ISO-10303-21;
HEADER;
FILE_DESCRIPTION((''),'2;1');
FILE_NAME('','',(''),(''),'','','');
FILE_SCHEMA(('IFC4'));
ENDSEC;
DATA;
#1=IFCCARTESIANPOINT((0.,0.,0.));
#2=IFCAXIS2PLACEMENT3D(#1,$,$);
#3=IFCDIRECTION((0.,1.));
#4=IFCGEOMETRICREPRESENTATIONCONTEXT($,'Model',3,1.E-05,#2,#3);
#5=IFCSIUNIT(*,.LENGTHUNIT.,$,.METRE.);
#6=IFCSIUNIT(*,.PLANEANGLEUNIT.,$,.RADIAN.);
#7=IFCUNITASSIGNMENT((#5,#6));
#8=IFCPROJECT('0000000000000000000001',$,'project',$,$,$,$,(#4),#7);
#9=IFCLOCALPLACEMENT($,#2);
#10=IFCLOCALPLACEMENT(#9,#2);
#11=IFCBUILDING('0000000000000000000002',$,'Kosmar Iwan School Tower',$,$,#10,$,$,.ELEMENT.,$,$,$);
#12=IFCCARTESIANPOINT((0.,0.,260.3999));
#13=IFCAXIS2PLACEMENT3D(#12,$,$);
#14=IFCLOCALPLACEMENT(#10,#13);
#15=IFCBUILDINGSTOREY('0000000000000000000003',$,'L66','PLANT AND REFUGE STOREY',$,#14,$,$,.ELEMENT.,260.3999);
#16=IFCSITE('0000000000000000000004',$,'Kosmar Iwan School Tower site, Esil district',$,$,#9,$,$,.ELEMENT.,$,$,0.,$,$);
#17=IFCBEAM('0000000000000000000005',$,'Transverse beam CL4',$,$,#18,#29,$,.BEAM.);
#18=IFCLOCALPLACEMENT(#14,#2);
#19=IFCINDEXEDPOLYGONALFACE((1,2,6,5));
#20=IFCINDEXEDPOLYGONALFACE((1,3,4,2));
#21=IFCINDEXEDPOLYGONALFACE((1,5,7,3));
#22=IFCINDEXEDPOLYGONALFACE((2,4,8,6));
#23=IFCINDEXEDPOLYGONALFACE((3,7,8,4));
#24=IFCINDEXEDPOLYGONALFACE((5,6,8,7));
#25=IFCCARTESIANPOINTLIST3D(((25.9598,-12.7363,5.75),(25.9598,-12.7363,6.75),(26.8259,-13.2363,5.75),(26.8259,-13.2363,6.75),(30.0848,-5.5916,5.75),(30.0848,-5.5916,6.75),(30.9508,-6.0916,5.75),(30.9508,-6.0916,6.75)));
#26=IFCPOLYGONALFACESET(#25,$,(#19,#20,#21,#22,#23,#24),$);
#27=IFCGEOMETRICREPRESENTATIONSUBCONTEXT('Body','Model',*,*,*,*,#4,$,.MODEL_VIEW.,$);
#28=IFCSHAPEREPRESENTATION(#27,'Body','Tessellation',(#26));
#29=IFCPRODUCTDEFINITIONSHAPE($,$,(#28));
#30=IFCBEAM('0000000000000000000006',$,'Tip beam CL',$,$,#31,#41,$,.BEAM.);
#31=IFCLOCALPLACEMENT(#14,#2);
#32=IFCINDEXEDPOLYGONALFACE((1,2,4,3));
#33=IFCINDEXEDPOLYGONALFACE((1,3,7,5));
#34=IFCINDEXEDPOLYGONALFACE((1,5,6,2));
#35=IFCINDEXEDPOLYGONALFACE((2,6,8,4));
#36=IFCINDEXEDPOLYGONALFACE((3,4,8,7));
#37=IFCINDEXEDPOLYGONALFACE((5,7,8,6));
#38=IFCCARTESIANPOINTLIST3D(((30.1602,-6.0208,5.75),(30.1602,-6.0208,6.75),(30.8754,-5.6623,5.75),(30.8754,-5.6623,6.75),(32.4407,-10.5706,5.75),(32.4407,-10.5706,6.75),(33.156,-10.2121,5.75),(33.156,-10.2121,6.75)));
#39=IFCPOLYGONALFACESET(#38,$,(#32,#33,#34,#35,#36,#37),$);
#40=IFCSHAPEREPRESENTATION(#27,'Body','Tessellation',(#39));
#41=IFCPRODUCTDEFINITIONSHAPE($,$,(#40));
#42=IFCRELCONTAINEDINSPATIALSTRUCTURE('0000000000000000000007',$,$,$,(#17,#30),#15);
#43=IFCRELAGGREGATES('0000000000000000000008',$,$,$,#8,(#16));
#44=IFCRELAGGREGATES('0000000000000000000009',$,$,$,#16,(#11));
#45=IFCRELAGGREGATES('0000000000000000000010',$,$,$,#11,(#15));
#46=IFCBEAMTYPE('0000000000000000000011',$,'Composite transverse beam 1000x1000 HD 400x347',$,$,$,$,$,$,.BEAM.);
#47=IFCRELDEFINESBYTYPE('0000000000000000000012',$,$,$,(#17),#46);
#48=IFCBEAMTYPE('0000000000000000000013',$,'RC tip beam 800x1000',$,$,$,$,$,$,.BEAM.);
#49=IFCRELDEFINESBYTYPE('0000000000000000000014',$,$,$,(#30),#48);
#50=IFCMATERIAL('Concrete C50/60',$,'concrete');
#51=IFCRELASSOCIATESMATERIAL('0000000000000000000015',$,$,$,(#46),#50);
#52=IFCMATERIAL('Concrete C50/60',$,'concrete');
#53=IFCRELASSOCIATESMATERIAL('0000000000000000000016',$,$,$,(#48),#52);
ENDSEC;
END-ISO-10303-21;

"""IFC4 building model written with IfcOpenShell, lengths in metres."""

from ifc_helpers import new_model, si_unit, direction, frame, origin, origin_2d, place, context, subcontext, project, spatial, rectangle, extrude, material, material_profile, profile_set, type_object, element, save


model = new_model("IFC4")

# Units and contexts
model_context = context("Model", 3, precision=1e-05, world=origin(), true_north=direction((0.0, 1.0)))
body_context = subcontext(model_context, "Body", "Model", "MODEL_VIEW")
ifc_project = project(units=[si_unit("LENGTHUNIT", "METRE"), si_unit("PLANEANGLEUNIT", "RADIAN")], contexts=[model_context])

# Site, building, storey
site_placement = place(None, origin())
site = spatial("IfcSite", under=ifc_project, at=site_placement, Name="Kosmar Iwan School Tower site, Esil district", CompositionType="ELEMENT", RefElevation=0.0)
building_placement = place(site_placement, origin())
building = spatial("IfcBuilding", under=site, at=building_placement, Name="Kosmar Iwan School Tower", CompositionType="ELEMENT")
storey_placement = place(building_placement, frame((0.0, 0.0, 260.3999)))
storey = spatial("IfcBuildingStorey", under=building, at=storey_placement, Name="L66", Description="PLANT AND REFUGE STOREY", CompositionType="ELEMENT", Elevation=260.3999)

# Beams
ifc_material_1 = material(Name="Concrete C50/60", Category="concrete")
ifc_material_profile_1 = material_profile(ifc_material_1, rectangle(XDim=1.0, YDim=1.0, at=origin_2d()), Name="RC 1000x1000 + HD 400x347")
ifc_profile_set_1 = profile_set([ifc_material_profile_1], Name="Concrete C50/60")
beam_type_1 = type_object("IfcBeamType", Name="Composite transverse beam 1000x1000 HD 400x347", PredefinedType="BEAM", material=ifc_profile_set_1)
beam_1_placement = place(storey_placement, frame((30.5178, -5.8416, 6.25), z_axis=(-0.499997, -0.866027, 0.0), x_axis=(0.866027, -0.499997, 0.0)))
element("IfcBeam", 1, at=beam_1_placement, inside=storey, type_object=beam_type_1, Name="Transverse beam CL4", PredefinedType="BEAM", context=body_context, shape_type="SweptSolid", body=[
    extrude(rectangle(XDim=1.0, YDim=1.0, at=origin_2d()), origin(), (0.0, 0.0, 1.0), 8.25),
])
ifc_material_2 = material(Name="Concrete C50/60", Category="concrete")
ifc_material_profile_2 = material_profile(ifc_material_2, rectangle(XDim=0.8, YDim=1.0, at=origin_2d()), Name="RC 800x1000")
ifc_profile_set_2 = profile_set([ifc_material_profile_2], Name="Concrete C50/60")
beam_type_2 = type_object("IfcBeamType", Name="RC tip beam 800x1000", PredefinedType="BEAM", material=ifc_profile_set_2)
beam_2_placement = place(storey_placement, frame((30.5178, -5.8416, 6.25), z_axis=(0.448096, -0.893985, 0.0), x_axis=(0.893985, 0.448096, 0.0)))
element("IfcBeam", 2, at=beam_2_placement, inside=storey, type_object=beam_type_2, Name="Tip beam CL", PredefinedType="BEAM", context=body_context, shape_type="SweptSolid", body=[
    extrude(rectangle(XDim=0.8, YDim=1.0, at=origin_2d()), origin(), (0.0, 0.0, 1.0), 5.0894),
])

save(model, "model.ifc")
